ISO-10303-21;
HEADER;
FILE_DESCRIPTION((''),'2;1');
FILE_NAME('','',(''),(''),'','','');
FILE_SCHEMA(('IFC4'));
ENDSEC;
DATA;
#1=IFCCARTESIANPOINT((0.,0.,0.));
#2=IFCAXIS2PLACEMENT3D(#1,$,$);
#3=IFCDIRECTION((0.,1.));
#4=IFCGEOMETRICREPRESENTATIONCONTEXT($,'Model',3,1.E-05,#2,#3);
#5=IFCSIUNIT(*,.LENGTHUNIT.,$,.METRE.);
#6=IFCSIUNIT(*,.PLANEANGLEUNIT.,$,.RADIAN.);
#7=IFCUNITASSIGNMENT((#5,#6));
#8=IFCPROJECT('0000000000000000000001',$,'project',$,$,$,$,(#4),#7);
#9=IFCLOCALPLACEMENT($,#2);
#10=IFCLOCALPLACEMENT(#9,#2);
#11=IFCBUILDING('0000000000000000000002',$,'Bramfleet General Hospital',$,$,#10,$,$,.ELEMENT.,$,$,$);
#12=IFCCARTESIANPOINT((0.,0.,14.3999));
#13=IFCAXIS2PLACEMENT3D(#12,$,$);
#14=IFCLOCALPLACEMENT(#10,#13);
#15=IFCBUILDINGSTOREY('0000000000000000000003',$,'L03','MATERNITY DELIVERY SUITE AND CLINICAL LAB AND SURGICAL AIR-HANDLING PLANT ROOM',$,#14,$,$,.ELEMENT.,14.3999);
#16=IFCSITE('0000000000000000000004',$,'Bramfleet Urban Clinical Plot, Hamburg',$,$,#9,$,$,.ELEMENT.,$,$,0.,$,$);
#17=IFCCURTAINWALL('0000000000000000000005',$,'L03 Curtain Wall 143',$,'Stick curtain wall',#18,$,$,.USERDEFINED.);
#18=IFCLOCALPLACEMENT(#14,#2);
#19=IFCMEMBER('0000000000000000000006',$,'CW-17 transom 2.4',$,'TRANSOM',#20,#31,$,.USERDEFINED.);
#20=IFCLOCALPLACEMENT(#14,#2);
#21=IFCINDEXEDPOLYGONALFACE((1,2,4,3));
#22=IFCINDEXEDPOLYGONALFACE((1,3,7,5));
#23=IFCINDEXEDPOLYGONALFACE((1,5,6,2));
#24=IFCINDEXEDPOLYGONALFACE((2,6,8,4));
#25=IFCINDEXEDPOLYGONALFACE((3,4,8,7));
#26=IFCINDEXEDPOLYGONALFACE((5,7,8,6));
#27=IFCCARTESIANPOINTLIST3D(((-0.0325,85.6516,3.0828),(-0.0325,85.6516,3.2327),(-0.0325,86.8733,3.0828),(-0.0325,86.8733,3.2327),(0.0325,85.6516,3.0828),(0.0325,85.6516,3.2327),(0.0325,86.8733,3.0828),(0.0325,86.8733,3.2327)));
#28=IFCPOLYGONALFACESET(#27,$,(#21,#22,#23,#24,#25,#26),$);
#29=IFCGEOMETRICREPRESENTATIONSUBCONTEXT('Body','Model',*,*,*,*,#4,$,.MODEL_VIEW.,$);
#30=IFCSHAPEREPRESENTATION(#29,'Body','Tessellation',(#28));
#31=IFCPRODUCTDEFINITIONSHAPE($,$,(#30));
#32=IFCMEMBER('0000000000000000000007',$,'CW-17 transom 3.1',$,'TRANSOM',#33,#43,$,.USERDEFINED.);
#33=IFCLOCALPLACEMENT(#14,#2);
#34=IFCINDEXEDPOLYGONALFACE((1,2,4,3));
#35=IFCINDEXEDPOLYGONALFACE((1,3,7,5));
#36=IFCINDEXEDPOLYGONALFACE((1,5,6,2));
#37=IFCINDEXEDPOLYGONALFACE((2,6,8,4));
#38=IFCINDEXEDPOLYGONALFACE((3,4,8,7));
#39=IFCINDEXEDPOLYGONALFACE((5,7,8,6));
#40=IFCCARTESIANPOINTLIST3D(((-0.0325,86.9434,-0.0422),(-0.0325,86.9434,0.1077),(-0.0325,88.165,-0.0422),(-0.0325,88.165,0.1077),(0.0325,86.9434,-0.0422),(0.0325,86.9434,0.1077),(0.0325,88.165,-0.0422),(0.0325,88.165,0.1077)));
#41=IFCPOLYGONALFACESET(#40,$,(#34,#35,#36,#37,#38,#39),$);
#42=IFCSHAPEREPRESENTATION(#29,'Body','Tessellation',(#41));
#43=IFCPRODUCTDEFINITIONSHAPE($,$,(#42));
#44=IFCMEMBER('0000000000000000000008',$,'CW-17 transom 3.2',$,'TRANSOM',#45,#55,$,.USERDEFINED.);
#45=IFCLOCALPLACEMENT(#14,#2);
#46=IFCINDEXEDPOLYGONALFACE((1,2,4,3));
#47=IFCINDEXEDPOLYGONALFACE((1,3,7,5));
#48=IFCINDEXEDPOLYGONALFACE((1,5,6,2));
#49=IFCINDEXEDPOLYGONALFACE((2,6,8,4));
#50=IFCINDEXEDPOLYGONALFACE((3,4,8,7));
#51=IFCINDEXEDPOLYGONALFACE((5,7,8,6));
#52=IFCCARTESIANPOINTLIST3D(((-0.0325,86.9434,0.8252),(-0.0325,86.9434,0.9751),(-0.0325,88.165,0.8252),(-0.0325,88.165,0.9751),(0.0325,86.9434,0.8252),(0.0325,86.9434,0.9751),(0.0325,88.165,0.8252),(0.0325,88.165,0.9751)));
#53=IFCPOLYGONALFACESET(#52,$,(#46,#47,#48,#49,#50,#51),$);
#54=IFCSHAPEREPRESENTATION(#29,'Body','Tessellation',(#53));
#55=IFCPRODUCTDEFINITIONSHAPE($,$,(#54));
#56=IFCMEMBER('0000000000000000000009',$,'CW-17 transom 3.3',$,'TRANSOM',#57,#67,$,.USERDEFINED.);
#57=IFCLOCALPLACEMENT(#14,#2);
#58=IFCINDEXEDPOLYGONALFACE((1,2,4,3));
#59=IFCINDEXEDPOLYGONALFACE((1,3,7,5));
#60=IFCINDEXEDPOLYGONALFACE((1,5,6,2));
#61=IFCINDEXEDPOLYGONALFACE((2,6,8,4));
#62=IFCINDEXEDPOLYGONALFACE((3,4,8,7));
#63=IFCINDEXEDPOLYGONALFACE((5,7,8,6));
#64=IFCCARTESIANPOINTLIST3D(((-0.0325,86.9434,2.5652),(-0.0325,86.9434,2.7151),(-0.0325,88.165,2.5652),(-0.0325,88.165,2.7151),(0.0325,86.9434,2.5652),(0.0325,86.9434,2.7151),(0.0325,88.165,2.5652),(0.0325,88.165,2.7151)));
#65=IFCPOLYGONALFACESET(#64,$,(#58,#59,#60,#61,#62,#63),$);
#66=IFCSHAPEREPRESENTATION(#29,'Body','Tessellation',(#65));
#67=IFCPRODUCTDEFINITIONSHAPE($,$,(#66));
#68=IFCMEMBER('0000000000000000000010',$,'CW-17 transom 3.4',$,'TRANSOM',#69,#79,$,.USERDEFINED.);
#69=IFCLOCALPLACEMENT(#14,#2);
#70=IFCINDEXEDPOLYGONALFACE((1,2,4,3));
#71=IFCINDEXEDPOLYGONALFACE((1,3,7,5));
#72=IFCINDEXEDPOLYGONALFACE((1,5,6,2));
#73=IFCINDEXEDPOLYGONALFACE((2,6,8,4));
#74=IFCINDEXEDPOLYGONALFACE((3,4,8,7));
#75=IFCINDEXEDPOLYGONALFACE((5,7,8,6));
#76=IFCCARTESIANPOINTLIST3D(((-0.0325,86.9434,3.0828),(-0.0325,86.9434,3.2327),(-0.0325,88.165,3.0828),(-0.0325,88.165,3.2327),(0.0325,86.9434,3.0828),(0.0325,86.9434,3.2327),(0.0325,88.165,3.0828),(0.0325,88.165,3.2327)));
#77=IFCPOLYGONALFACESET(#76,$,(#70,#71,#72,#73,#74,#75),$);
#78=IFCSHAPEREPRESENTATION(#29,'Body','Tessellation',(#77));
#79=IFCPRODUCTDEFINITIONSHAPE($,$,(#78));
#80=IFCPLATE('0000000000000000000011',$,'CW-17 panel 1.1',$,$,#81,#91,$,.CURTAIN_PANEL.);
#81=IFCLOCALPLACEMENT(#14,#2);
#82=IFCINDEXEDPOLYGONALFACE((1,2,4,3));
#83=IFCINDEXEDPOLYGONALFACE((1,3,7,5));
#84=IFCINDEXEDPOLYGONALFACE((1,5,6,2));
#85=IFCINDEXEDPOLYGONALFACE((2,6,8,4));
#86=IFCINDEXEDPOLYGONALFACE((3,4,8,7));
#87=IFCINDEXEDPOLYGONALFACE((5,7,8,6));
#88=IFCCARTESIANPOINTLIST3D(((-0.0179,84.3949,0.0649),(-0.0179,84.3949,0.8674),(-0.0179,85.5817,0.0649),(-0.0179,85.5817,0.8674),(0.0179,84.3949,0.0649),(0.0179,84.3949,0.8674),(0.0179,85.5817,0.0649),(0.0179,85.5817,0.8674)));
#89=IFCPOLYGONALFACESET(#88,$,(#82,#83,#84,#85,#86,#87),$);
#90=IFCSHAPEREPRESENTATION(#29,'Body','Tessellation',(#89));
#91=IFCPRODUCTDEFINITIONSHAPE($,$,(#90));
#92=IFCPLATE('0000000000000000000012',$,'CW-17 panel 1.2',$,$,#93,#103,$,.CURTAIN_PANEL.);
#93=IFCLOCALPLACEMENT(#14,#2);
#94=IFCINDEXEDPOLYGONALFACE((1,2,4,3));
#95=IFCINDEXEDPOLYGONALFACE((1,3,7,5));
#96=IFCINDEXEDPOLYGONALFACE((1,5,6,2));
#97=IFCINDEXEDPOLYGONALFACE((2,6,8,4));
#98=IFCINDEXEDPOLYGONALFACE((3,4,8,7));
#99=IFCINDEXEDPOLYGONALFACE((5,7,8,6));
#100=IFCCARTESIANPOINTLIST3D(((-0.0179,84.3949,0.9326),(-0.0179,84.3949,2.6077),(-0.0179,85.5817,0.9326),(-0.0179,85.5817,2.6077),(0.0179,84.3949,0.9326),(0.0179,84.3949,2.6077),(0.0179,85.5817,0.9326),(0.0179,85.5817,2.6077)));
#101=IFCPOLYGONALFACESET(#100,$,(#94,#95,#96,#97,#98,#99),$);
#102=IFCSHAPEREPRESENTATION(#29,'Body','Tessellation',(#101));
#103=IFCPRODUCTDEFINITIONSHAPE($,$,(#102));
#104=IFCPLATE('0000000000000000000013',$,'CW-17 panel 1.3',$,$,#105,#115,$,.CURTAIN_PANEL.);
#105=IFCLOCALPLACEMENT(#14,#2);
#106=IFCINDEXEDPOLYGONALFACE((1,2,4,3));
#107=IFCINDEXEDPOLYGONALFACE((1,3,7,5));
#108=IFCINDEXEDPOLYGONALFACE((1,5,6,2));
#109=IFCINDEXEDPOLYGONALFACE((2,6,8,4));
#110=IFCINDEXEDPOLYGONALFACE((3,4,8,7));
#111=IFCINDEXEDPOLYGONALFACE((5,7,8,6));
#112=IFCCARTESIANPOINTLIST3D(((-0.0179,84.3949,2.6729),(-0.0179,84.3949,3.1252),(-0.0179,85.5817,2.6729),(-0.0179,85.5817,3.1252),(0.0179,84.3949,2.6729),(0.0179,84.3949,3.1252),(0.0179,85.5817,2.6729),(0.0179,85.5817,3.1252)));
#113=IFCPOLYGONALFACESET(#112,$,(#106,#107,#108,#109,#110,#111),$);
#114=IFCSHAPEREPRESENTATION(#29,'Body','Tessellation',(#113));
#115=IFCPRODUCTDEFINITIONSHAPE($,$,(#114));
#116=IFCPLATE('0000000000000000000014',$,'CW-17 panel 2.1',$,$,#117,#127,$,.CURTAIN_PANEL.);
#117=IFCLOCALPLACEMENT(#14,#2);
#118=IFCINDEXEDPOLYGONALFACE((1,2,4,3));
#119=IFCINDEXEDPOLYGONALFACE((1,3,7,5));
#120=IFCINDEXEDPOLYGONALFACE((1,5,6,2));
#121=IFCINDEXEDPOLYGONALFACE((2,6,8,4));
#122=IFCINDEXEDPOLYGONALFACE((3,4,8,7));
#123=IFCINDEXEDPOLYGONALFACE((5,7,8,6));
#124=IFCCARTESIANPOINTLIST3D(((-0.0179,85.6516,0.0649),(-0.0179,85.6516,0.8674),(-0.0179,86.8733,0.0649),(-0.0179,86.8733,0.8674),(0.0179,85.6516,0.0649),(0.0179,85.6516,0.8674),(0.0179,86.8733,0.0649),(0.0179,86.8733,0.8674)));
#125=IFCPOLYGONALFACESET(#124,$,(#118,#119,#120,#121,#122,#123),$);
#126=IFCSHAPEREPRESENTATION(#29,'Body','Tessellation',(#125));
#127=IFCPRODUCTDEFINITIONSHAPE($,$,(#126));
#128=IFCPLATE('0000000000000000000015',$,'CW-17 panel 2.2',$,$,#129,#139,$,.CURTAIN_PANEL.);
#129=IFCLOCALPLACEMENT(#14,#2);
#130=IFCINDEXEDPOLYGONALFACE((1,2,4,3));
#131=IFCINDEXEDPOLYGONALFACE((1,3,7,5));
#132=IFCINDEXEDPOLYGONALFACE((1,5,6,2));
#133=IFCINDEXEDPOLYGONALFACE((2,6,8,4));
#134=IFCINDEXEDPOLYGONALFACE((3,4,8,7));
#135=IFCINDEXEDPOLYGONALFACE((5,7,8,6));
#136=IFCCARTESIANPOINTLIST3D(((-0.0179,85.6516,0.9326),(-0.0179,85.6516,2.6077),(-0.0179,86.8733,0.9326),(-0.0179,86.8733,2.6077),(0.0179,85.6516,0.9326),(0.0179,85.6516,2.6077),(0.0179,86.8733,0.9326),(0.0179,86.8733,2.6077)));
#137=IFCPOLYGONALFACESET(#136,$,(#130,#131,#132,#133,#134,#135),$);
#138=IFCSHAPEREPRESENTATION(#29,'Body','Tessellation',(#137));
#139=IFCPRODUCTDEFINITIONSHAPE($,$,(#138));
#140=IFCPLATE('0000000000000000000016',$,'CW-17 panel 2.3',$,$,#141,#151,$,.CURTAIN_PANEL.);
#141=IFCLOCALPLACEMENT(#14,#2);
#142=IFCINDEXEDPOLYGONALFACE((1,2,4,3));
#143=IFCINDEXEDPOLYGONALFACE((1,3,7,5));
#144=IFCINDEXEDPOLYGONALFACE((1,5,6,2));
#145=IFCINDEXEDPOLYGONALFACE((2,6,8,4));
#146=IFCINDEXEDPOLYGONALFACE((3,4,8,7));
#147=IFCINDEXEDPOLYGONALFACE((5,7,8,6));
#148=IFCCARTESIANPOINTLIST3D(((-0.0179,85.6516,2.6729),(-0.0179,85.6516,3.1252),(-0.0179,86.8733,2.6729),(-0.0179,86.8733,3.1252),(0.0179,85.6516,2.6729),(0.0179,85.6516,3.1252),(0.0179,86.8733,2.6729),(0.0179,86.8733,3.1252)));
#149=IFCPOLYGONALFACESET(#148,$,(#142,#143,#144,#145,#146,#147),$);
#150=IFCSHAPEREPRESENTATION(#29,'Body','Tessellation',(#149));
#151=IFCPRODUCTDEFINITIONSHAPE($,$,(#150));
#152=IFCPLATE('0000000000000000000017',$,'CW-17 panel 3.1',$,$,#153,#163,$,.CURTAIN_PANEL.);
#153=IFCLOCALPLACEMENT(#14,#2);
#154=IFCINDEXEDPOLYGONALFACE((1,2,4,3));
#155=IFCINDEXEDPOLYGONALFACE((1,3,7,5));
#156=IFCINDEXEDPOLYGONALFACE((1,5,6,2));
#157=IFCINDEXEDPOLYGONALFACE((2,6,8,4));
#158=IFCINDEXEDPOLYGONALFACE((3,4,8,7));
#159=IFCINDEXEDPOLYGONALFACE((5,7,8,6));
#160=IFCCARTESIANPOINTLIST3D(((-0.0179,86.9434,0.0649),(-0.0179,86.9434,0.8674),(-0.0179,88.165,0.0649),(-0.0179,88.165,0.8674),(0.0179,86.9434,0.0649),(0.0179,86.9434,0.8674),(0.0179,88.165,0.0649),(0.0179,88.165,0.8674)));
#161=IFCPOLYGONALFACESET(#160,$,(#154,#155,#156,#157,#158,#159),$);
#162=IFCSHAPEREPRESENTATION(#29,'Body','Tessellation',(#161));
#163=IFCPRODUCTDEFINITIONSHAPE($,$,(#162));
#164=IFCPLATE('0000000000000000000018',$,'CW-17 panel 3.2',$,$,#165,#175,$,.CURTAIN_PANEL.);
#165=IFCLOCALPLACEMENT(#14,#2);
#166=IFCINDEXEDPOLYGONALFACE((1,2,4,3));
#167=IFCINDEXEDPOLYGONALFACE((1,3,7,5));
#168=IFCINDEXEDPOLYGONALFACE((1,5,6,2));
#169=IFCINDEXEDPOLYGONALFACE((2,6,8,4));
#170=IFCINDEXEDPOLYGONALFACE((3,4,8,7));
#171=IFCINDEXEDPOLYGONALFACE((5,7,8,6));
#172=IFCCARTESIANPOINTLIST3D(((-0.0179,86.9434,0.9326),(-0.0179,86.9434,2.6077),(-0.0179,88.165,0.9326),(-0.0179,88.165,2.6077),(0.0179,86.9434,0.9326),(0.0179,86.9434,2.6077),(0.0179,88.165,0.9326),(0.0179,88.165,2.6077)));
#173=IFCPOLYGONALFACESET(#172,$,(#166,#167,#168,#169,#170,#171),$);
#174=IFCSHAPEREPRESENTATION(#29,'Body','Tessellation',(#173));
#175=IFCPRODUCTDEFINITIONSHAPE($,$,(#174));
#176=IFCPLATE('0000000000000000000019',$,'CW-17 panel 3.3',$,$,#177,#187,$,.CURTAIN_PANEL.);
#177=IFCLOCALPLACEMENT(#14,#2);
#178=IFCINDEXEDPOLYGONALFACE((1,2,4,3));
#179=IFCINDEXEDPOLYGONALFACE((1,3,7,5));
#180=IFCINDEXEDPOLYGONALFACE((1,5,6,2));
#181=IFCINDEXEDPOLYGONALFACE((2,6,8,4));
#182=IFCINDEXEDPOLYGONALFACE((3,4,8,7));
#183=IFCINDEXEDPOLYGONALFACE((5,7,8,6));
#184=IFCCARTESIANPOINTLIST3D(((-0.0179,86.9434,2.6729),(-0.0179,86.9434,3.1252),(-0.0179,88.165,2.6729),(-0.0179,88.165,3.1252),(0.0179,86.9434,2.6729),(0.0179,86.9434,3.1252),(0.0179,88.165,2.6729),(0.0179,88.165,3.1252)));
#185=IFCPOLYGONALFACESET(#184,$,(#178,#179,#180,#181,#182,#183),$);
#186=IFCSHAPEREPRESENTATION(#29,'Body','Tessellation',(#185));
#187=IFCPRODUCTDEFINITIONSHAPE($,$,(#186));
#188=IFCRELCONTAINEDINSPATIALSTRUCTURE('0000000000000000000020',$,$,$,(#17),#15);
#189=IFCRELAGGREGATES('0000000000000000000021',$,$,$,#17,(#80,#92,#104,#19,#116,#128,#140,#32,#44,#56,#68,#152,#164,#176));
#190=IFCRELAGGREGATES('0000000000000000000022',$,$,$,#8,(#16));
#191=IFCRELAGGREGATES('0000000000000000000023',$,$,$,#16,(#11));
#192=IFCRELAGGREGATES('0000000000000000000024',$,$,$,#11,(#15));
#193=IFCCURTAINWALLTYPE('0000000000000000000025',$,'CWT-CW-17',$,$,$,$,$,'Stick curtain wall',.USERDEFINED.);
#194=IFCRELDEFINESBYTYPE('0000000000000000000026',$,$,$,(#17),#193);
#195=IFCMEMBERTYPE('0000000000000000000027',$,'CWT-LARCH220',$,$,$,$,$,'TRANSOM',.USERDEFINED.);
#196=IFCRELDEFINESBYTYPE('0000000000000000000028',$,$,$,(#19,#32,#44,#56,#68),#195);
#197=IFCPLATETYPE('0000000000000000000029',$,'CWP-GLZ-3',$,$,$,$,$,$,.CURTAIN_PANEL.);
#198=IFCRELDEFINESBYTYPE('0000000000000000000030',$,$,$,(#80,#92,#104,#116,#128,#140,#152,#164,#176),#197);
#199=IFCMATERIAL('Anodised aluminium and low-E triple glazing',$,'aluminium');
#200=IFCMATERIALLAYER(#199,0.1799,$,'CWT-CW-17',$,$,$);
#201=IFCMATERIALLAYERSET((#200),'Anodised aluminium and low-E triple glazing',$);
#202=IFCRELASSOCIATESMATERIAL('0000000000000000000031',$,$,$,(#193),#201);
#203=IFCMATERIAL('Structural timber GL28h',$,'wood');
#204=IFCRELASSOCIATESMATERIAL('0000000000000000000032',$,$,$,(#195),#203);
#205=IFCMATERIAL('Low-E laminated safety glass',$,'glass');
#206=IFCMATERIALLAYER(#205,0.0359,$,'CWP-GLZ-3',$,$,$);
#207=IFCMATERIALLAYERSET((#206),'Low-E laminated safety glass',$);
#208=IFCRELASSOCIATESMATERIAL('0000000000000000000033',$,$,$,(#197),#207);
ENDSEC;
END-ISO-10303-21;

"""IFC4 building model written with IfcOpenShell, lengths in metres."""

from ifc_helpers import new_model, si_unit, direction, frame, origin, origin_2d, place, context, subcontext, project, spatial, rectangle, extrude, material, layer, layer_set, material_profile, profile_set, type_object, element, aggregate, save


model = new_model("IFC4")

# Units and contexts
model_context = context("Model", 3, precision=1e-05, world=origin(), true_north=direction((0.0, 1.0)))
body_context = subcontext(model_context, "Body", "Model", "MODEL_VIEW")
ifc_project = project(units=[si_unit("LENGTHUNIT", "METRE"), si_unit("PLANEANGLEUNIT", "RADIAN")], contexts=[model_context])

# Site, building, storey
site_placement = place(None, origin())
site = spatial("IfcSite", under=ifc_project, at=site_placement, Name="Bramfleet Urban Clinical Plot, Hamburg", CompositionType="ELEMENT", RefElevation=0.0)
building_placement = place(site_placement, origin())
building = spatial("IfcBuilding", under=site, at=building_placement, Name="Bramfleet General Hospital", CompositionType="ELEMENT")
storey_placement = place(building_placement, frame((0.0, 0.0, 14.3999)))
storey = spatial("IfcBuildingStorey", under=building, at=storey_placement, Name="L03", Description="MATERNITY DELIVERY SUITE AND CLINICAL LAB AND SURGICAL AIR-HANDLING PLANT ROOM", CompositionType="ELEMENT", Elevation=14.3999)

# Curtain wall, members, plates
ifc_material_1 = material(Name="Anodised aluminium and low-E triple glazing", Category="aluminium")
ifc_layer_1 = layer(ifc_material_1, 0.1799, Name="CWT-CW-17")
ifc_layer_set_1 = layer_set([ifc_layer_1], Name="Anodised aluminium and low-E triple glazing")
curtain_wall_type = type_object("IfcCurtainWallType", Name="CWT-CW-17", ElementType="Stick curtain wall", PredefinedType="USERDEFINED", material=ifc_layer_set_1)
curtain_wall_placement = place(storey_placement, origin())
curtain_wall = element("IfcCurtainWall", 1, at=curtain_wall_placement, inside=storey, type_object=curtain_wall_type, Name="L03 Curtain Wall 143", ObjectType="Stick curtain wall", PredefinedType="USERDEFINED")
ifc_material_2 = material(Name="Structural timber GL28h", Category="wood")
ifc_material_profile_1 = material_profile(ifc_material_2, rectangle(XDim=0.0649, YDim=0.1499, at=origin_2d()), Name="LARCH 150x65")
ifc_profile_set_1 = profile_set([ifc_material_profile_1], Name="Structural timber GL28h")
member_type_1 = type_object("IfcMemberType", Name="CWT-LARCH220", ElementType="TRANSOM", PredefinedType="USERDEFINED", material=ifc_profile_set_1)
member_1_placement = place(storey_placement, frame((0.0, 85.6516, 3.1577), z_axis=(0.0, 1.0, 0.0), x_axis=(-1.0, 0.0, 0.0)))
member_1 = element("IfcMember", 2, at=member_1_placement, type_object=member_type_1, Name="CW-17 transom 2.4", ObjectType="TRANSOM", PredefinedType="USERDEFINED", context=body_context, shape_type="SweptSolid", body=[
    extrude(rectangle(XDim=0.0649, YDim=0.1499, at=origin_2d()), origin(), (0.0, 0.0, 1.0), 1.2217),
])
member_2_placement = place(storey_placement, frame((0.0, 86.9434, 0.0327), z_axis=(0.0, 1.0, 0.0), x_axis=(-1.0, 0.0, 0.0)))
member_2 = element("IfcMember", 3, at=member_2_placement, type_object=member_type_1, Name="CW-17 transom 3.1", ObjectType="TRANSOM", PredefinedType="USERDEFINED", context=body_context, shape_type="SweptSolid", body=[
    extrude(rectangle(XDim=0.0649, YDim=0.1499, at=origin_2d()), origin(), (0.0, 0.0, 1.0), 1.2217),
])
member_3_placement = place(storey_placement, frame((0.0, 86.9434, 0.9001), z_axis=(0.0, 1.0, 0.0), x_axis=(-1.0, 0.0, 0.0)))
member_3 = element("IfcMember", 4, at=member_3_placement, type_object=member_type_1, Name="CW-17 transom 3.2", ObjectType="TRANSOM", PredefinedType="USERDEFINED", context=body_context, shape_type="SweptSolid", body=[
    extrude(rectangle(XDim=0.0649, YDim=0.1499, at=origin_2d()), origin(), (0.0, 0.0, 1.0), 1.2217),
])
member_4_placement = place(storey_placement, frame((0.0, 86.9434, 2.6401), z_axis=(0.0, 1.0, 0.0), x_axis=(-1.0, 0.0, 0.0)))
member_4 = element("IfcMember", 5, at=member_4_placement, type_object=member_type_1, Name="CW-17 transom 3.3", ObjectType="TRANSOM", PredefinedType="USERDEFINED", context=body_context, shape_type="SweptSolid", body=[
    extrude(rectangle(XDim=0.0649, YDim=0.1499, at=origin_2d()), origin(), (0.0, 0.0, 1.0), 1.2217),
])
member_5_placement = place(storey_placement, frame((0.0, 86.9434, 3.1577), z_axis=(0.0, 1.0, 0.0), x_axis=(-1.0, 0.0, 0.0)))
member_5 = element("IfcMember", 6, at=member_5_placement, type_object=member_type_1, Name="CW-17 transom 3.4", ObjectType="TRANSOM", PredefinedType="USERDEFINED", context=body_context, shape_type="SweptSolid", body=[
    extrude(rectangle(XDim=0.0649, YDim=0.1499, at=origin_2d()), origin(), (0.0, 0.0, 1.0), 1.2217),
])
ifc_material_3 = material(Name="Low-E laminated safety glass", Category="glass")
ifc_layer_2 = layer(ifc_material_3, 0.0359, Name="CWP-GLZ-3")
ifc_layer_set_2 = layer_set([ifc_layer_2], Name="Low-E laminated safety glass")
plate_type = type_object("IfcPlateType", Name="CWP-GLZ-3", PredefinedType="CURTAIN_PANEL", material=ifc_layer_set_2)
plate_1_placement = place(storey_placement, frame((0.0, 84.9883, 0.0649), z_axis=(0.0, 0.0, 1.0), x_axis=(0.0, 1.0, 0.0)))
plate_1 = element("IfcPlate", 7, at=plate_1_placement, type_object=plate_type, Name="CW-17 panel 1.1", PredefinedType="CURTAIN_PANEL", context=body_context, shape_type="SweptSolid", body=[
    extrude(rectangle(XDim=1.1868, YDim=0.0359, at=origin_2d()), origin(), (0.0, 0.0, 1.0), 0.8025),
])
plate_2_placement = place(storey_placement, frame((0.0, 84.9883, 0.9326), z_axis=(0.0, 0.0, 1.0), x_axis=(0.0, 1.0, 0.0)))
plate_2 = element("IfcPlate", 8, at=plate_2_placement, type_object=plate_type, Name="CW-17 panel 1.2", PredefinedType="CURTAIN_PANEL", context=body_context, shape_type="SweptSolid", body=[
    extrude(rectangle(XDim=1.1868, YDim=0.0359, at=origin_2d()), origin(), (0.0, 0.0, 1.0), 1.675),
])
plate_3_placement = place(storey_placement, frame((0.0, 84.9883, 2.6729), z_axis=(0.0, 0.0, 1.0), x_axis=(0.0, 1.0, 0.0)))
plate_3 = element("IfcPlate", 9, at=plate_3_placement, type_object=plate_type, Name="CW-17 panel 1.3", PredefinedType="CURTAIN_PANEL", context=body_context, shape_type="SweptSolid", body=[
    extrude(rectangle(XDim=1.1868, YDim=0.0359, at=origin_2d()), origin(), (0.0, 0.0, 1.0), 0.4524),
])
plate_4_placement = place(storey_placement, frame((0.0, 86.2625, 0.0649), z_axis=(0.0, 0.0, 1.0), x_axis=(0.0, 1.0, 0.0)))
plate_4 = element("IfcPlate", 10, at=plate_4_placement, type_object=plate_type, Name="CW-17 panel 2.1", PredefinedType="CURTAIN_PANEL", context=body_context, shape_type="SweptSolid", body=[
    extrude(rectangle(XDim=1.2217, YDim=0.0359, at=origin_2d()), origin(), (0.0, 0.0, 1.0), 0.8025),
])
plate_5_placement = place(storey_placement, frame((0.0, 86.2625, 0.9326), z_axis=(0.0, 0.0, 1.0), x_axis=(0.0, 1.0, 0.0)))
plate_5 = element("IfcPlate", 11, at=plate_5_placement, type_object=plate_type, Name="CW-17 panel 2.2", PredefinedType="CURTAIN_PANEL", context=body_context, shape_type="SweptSolid", body=[
    extrude(rectangle(XDim=1.2217, YDim=0.0359, at=origin_2d()), origin(), (0.0, 0.0, 1.0), 1.675),
])
plate_6_placement = place(storey_placement, frame((0.0, 86.2625, 2.6729), z_axis=(0.0, 0.0, 1.0), x_axis=(0.0, 1.0, 0.0)))
plate_6 = element("IfcPlate", 12, at=plate_6_placement, type_object=plate_type, Name="CW-17 panel 2.3", PredefinedType="CURTAIN_PANEL", context=body_context, shape_type="SweptSolid", body=[
    extrude(rectangle(XDim=1.2217, YDim=0.0359, at=origin_2d()), origin(), (0.0, 0.0, 1.0), 0.4524),
])
plate_7_placement = place(storey_placement, frame((0.0, 87.5542, 0.0649), z_axis=(0.0, 0.0, 1.0), x_axis=(0.0, 1.0, 0.0)))
plate_7 = element("IfcPlate", 13, at=plate_7_placement, type_object=plate_type, Name="CW-17 panel 3.1", PredefinedType="CURTAIN_PANEL", context=body_context, shape_type="SweptSolid", body=[
    extrude(rectangle(XDim=1.2217, YDim=0.0359, at=origin_2d()), origin(), (0.0, 0.0, 1.0), 0.8025),
])
plate_8_placement = place(storey_placement, frame((0.0, 87.5542, 0.9326), z_axis=(0.0, 0.0, 1.0), x_axis=(0.0, 1.0, 0.0)))
plate_8 = element("IfcPlate", 14, at=plate_8_placement, type_object=plate_type, Name="CW-17 panel 3.2", PredefinedType="CURTAIN_PANEL", context=body_context, shape_type="SweptSolid", body=[
    extrude(rectangle(XDim=1.2217, YDim=0.0359, at=origin_2d()), origin(), (0.0, 0.0, 1.0), 1.675),
])
plate_9_placement = place(storey_placement, frame((0.0, 87.5542, 2.6729), z_axis=(0.0, 0.0, 1.0), x_axis=(0.0, 1.0, 0.0)))
plate_9 = element("IfcPlate", 15, at=plate_9_placement, type_object=plate_type, Name="CW-17 panel 3.3", PredefinedType="CURTAIN_PANEL", context=body_context, shape_type="SweptSolid", body=[
    extrude(rectangle(XDim=1.2217, YDim=0.0359, at=origin_2d()), origin(), (0.0, 0.0, 1.0), 0.4524),
])
aggregate(curtain_wall, [plate_1, plate_2, plate_3, member_1, plate_4, plate_5, plate_6, member_2, member_3, member_4, member_5, plate_7, plate_8, plate_9])

save(model, "model.ifc")
